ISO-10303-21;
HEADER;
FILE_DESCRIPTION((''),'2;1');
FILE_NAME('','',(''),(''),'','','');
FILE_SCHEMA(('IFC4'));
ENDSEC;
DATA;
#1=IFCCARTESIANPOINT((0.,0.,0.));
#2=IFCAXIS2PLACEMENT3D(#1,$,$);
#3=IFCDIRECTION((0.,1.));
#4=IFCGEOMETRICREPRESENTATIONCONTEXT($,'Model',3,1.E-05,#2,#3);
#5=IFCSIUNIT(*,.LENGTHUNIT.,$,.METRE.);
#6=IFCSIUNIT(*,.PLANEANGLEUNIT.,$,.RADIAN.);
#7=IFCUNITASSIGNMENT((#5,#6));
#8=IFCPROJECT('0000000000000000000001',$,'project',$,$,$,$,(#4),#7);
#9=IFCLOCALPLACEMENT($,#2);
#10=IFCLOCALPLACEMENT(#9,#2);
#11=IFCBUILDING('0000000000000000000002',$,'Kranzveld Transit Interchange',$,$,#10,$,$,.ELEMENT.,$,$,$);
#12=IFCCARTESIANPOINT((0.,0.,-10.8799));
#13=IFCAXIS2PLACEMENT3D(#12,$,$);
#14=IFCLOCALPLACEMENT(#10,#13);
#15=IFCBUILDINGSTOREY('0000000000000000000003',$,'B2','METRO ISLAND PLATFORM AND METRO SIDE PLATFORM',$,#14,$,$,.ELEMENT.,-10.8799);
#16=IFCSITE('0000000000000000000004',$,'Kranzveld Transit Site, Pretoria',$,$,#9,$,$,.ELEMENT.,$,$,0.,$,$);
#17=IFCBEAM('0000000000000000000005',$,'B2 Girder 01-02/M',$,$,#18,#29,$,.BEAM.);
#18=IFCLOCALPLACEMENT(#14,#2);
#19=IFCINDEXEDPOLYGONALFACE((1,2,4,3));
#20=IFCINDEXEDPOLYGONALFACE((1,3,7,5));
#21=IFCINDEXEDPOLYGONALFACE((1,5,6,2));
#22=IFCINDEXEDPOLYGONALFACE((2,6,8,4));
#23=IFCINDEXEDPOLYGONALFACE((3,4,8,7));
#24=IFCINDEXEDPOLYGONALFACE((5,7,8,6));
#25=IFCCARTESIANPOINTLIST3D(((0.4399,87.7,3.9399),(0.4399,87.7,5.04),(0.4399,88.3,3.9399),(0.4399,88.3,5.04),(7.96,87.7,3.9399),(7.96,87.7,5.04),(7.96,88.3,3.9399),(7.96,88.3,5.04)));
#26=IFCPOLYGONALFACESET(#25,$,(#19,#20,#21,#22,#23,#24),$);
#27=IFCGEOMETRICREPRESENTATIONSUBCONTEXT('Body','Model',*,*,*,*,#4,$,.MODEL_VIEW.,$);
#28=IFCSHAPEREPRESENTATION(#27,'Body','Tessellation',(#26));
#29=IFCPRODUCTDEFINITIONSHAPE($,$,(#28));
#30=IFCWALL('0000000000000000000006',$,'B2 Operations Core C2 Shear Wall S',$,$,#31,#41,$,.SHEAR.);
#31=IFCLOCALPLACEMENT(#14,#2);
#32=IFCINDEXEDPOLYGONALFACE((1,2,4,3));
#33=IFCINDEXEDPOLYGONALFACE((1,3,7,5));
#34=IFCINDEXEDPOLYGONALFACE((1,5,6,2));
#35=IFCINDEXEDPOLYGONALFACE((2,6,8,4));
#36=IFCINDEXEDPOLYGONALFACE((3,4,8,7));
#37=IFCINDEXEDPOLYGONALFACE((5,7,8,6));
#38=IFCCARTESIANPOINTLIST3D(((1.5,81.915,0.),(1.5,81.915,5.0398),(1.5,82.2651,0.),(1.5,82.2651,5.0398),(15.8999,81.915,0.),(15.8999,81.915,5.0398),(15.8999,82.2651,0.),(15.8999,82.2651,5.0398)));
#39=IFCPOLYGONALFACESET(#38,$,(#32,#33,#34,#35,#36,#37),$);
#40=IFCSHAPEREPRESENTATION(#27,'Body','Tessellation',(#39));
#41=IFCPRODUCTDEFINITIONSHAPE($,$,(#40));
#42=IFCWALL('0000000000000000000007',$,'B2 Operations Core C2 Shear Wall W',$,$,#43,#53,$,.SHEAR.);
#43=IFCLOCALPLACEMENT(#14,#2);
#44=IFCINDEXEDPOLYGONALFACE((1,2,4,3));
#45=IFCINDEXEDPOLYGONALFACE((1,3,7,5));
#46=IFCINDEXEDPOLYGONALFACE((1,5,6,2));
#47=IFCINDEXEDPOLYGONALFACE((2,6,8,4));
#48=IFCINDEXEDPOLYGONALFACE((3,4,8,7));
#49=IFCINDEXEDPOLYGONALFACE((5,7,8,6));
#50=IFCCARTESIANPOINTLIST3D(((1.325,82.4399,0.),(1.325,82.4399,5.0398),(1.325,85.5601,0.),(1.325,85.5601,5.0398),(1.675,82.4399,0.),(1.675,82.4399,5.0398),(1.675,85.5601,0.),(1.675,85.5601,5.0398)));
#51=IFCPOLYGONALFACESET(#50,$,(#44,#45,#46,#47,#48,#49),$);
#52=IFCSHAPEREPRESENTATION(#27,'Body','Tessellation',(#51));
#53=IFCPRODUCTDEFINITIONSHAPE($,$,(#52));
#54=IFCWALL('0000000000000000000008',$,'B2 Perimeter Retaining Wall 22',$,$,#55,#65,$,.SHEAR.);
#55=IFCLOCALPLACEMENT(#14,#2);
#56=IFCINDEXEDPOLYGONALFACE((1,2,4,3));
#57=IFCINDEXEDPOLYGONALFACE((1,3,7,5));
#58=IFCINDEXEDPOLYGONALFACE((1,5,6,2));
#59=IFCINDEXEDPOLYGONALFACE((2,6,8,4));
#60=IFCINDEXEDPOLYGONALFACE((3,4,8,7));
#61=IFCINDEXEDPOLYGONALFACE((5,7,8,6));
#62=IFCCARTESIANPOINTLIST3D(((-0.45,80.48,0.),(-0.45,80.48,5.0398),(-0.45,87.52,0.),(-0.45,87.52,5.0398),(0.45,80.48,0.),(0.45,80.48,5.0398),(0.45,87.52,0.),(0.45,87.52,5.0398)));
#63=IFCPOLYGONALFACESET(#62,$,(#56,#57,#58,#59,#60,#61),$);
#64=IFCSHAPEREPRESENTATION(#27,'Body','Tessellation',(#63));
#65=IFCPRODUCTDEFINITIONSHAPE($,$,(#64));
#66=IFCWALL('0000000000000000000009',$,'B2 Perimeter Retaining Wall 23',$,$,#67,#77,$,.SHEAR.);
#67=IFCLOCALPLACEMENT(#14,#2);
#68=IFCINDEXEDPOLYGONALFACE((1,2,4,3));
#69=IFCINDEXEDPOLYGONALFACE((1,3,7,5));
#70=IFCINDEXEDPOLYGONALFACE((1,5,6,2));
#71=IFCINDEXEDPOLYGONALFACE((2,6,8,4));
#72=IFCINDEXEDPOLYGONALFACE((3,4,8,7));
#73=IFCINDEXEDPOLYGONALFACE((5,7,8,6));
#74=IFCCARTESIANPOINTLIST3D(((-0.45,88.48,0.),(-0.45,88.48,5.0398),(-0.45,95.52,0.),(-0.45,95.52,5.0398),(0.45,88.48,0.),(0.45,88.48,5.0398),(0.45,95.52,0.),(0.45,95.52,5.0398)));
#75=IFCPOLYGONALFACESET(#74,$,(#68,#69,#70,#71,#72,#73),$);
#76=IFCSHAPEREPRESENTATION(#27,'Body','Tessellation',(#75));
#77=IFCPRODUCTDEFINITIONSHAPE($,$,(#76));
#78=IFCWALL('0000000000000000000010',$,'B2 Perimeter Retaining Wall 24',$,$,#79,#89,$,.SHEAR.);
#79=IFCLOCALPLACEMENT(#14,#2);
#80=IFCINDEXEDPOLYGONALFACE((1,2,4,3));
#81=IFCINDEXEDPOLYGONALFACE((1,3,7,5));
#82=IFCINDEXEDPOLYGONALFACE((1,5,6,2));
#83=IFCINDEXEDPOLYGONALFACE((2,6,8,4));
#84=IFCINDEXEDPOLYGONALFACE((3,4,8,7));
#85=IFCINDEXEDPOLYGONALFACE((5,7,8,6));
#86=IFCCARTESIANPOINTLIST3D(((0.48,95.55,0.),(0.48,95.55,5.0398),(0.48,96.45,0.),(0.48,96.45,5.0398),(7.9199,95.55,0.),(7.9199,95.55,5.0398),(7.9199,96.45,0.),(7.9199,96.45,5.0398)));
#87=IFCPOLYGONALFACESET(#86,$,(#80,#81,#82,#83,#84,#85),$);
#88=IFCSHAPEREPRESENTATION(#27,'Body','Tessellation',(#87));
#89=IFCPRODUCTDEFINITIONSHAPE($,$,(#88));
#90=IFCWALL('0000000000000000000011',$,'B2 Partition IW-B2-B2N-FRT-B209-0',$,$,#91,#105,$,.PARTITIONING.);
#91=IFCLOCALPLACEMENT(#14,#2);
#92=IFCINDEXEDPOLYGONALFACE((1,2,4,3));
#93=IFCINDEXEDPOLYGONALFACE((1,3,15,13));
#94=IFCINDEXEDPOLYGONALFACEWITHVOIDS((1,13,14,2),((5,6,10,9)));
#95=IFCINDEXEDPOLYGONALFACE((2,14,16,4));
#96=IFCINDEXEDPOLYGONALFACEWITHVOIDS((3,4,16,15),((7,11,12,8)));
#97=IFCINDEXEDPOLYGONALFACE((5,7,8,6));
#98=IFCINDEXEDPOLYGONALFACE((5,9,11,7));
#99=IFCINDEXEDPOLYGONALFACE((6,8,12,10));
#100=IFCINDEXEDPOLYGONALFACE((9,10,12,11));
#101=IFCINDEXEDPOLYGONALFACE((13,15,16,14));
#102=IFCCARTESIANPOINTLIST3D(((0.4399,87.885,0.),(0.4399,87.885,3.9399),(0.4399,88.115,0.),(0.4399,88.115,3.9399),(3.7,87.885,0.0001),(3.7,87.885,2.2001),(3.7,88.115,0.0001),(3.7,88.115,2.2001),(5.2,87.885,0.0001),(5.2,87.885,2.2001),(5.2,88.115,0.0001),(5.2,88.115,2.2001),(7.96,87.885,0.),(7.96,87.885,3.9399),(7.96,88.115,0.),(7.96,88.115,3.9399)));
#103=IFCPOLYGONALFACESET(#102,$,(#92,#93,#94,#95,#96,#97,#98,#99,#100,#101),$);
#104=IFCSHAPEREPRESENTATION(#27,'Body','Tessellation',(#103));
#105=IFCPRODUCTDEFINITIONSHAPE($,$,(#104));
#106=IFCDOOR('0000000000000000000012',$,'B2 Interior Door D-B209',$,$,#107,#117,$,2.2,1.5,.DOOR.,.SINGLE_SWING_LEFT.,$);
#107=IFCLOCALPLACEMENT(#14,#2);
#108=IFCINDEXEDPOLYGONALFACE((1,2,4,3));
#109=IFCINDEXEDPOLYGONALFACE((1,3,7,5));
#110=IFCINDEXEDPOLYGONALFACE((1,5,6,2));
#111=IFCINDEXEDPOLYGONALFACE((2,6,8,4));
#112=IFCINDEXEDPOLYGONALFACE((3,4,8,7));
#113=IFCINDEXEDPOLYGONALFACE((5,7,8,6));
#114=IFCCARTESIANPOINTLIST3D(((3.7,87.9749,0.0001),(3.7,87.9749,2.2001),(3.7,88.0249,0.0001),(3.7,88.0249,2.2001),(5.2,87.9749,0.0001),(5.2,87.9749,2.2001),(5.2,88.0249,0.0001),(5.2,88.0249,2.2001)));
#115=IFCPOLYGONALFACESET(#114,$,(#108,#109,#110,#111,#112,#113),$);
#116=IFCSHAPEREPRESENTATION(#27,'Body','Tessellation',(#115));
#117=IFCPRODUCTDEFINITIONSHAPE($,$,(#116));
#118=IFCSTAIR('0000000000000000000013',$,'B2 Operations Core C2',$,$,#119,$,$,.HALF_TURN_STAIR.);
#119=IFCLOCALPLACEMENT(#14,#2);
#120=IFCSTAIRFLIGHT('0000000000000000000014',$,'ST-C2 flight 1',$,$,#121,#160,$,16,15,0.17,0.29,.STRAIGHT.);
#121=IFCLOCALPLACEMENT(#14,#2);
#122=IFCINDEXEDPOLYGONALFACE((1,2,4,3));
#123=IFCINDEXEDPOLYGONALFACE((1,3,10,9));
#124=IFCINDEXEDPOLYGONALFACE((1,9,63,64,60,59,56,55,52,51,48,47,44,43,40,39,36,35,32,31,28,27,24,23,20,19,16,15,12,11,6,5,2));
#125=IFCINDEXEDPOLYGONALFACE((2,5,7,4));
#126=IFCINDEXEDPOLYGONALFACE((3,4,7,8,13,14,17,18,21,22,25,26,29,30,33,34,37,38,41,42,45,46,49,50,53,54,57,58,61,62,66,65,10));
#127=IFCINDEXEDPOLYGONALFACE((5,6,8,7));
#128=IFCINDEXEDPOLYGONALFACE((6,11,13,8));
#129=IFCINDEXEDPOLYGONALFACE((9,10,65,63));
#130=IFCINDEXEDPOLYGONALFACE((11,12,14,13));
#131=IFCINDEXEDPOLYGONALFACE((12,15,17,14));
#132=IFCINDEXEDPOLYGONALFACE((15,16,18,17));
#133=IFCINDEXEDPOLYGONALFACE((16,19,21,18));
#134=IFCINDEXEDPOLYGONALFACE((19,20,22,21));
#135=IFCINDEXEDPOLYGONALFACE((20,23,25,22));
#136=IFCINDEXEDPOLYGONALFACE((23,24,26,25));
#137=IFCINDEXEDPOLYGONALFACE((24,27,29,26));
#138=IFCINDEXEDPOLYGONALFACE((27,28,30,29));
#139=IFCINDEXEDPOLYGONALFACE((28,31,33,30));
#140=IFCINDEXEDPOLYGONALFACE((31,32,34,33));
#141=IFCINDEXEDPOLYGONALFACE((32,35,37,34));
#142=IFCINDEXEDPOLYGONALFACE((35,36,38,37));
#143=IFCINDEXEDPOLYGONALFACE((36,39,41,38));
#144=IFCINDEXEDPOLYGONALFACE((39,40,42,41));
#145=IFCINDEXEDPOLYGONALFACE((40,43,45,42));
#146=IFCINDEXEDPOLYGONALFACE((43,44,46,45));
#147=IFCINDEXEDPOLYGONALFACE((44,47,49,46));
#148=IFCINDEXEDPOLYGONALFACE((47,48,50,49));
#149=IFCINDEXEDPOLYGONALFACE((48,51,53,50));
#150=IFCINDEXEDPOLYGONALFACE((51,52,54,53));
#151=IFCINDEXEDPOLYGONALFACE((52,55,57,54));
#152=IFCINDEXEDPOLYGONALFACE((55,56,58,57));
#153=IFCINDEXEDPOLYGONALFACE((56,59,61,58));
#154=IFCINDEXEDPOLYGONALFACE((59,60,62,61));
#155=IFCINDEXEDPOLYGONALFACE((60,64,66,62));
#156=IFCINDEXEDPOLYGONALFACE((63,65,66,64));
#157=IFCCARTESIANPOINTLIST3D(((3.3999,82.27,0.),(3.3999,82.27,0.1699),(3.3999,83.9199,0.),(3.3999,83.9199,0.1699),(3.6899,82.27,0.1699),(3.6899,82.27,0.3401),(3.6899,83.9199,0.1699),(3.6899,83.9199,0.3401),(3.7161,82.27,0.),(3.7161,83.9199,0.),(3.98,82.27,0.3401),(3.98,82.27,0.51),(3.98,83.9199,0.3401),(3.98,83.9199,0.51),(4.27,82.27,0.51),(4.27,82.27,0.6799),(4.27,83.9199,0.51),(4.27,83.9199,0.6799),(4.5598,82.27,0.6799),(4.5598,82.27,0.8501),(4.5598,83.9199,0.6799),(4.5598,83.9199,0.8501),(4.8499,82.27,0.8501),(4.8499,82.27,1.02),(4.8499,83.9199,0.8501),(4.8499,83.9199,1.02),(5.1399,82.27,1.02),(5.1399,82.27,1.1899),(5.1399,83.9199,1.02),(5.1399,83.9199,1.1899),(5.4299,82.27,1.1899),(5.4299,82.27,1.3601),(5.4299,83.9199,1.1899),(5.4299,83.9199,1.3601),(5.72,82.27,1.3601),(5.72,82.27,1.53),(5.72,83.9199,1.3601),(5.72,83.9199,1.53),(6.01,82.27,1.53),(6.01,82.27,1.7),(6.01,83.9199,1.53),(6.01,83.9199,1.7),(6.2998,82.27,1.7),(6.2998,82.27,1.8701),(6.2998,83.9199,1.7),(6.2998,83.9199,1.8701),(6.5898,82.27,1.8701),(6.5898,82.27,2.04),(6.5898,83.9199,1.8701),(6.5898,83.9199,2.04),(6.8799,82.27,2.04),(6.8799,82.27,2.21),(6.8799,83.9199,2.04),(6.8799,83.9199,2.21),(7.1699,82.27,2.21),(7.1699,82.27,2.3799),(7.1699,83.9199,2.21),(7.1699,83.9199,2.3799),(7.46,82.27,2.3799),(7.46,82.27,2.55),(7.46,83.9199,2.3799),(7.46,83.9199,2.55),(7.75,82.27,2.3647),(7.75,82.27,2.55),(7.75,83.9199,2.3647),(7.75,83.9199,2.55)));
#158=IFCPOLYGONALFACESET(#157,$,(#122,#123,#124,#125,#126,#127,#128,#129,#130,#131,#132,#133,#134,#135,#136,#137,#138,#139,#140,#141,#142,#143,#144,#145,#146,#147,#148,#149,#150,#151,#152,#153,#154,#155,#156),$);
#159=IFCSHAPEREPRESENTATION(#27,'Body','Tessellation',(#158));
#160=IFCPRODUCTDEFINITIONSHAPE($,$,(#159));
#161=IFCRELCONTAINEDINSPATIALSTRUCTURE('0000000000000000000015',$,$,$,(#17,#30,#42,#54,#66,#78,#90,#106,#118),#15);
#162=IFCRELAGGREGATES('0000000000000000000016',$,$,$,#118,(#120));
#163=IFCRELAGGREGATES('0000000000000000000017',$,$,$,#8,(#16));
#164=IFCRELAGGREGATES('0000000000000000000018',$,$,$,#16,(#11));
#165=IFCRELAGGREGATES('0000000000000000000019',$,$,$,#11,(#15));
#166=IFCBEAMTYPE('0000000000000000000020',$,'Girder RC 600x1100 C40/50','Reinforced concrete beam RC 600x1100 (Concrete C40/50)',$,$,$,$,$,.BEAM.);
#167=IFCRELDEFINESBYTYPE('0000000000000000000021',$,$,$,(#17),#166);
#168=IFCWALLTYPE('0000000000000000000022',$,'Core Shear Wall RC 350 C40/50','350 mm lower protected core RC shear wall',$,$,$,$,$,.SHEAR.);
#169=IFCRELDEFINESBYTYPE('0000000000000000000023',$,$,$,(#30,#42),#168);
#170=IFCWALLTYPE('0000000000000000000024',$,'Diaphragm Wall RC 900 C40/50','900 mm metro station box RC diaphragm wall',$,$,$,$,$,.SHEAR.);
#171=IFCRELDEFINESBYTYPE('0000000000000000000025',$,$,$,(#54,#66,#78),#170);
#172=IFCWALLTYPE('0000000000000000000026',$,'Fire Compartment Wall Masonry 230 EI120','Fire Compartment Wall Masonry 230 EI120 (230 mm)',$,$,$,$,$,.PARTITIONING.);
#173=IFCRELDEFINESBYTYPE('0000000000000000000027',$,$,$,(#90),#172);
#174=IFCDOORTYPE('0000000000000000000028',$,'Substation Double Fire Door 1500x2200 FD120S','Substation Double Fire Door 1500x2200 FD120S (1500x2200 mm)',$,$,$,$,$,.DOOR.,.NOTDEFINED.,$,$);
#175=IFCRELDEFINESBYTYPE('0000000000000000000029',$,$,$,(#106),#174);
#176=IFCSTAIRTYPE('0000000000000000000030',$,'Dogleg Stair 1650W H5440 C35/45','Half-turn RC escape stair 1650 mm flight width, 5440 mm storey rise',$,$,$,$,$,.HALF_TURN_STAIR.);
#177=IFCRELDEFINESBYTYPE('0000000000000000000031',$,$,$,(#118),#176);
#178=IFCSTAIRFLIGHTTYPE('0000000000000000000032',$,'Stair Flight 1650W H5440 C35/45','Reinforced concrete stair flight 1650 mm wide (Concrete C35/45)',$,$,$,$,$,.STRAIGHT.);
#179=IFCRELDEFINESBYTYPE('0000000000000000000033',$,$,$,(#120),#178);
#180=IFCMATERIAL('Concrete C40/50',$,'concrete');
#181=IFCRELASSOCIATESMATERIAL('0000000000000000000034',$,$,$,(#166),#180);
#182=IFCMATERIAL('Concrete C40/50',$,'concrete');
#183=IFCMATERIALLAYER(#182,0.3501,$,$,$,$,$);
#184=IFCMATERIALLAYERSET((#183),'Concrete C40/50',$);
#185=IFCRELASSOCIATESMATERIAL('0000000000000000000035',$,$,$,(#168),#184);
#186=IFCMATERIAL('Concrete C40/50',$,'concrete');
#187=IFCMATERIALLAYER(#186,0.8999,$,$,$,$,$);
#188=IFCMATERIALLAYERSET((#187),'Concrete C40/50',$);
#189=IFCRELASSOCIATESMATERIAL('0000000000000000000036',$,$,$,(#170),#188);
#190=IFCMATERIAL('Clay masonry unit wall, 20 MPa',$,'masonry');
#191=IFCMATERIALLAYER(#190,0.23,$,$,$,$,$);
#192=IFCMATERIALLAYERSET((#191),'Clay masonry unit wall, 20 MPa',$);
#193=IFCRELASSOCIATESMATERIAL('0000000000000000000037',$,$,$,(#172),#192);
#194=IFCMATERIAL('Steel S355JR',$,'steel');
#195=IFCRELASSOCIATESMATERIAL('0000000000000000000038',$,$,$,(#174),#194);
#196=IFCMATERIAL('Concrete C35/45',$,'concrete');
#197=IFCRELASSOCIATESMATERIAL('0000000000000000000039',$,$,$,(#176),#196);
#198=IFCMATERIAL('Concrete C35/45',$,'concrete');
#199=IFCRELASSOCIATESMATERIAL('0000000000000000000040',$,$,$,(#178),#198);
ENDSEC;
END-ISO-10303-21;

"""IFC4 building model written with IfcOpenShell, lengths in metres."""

from ifc_helpers import new_model, si_unit, direction, frame, frame_2d, origin, origin_2d, place, context, subcontext, project, spatial, polyline, rectangle, outline, extrude, material, layer, layer_set, material_profile, profile_set, type_object, element, fill, aggregate, save


model = new_model("IFC4")

# Units and contexts
model_context = context("Model", 3, precision=1e-05, world=origin(), true_north=direction((0.0, 1.0)))
body_context = subcontext(model_context, "Body", "Model", "MODEL_VIEW")
ifc_project = project(units=[si_unit("LENGTHUNIT", "METRE"), si_unit("PLANEANGLEUNIT", "RADIAN")], contexts=[model_context])

# Site, building, storey
site_placement = place(None, origin())
site = spatial("IfcSite", under=ifc_project, at=site_placement, Name="Kranzveld Transit Site, Pretoria", CompositionType="ELEMENT", RefElevation=0.0)
building_placement = place(site_placement, origin())
building = spatial("IfcBuilding", under=site, at=building_placement, Name="Kranzveld Transit Interchange", CompositionType="ELEMENT")
storey_placement = place(building_placement, frame((0.0, 0.0, -10.8799)))
storey = spatial("IfcBuildingStorey", under=building, at=storey_placement, Name="B2", Description="METRO ISLAND PLATFORM AND METRO SIDE PLATFORM", CompositionType="ELEMENT", Elevation=-10.8799)

# Beam
ifc_material_1 = material(Name="Concrete C40/50", Category="concrete")
ifc_material_profile_1 = material_profile(ifc_material_1, rectangle(XDim=0.6001, YDim=1.1001, at=origin_2d()), Name="RC 600x1100")
ifc_profile_set_1 = profile_set([ifc_material_profile_1], Name="Concrete C40/50")
beam_type_1 = type_object("IfcBeamType", Name="Girder RC 600x1100 C40/50", Description="Reinforced concrete beam RC 600x1100 (Concrete C40/50)", PredefinedType="BEAM", material=ifc_profile_set_1)
beam_placement = place(storey_placement, frame((0.4399, 88.0, 4.49), z_axis=(1.0, 0.0, 0.0), x_axis=(0.0, 1.0, 0.0)))
element("IfcBeam", 1, at=beam_placement, inside=storey, type_object=beam_type_1, Name="B2 Girder 01-02/M", PredefinedType="BEAM", context=body_context, shape_type="SweptSolid", body=[
    extrude(rectangle(XDim=0.6001, YDim=1.1001, at=origin_2d()), origin(), (0.0, 0.0, 1.0), 7.52),
])

# Wall
ifc_material_2 = material(Name="Concrete C40/50", Category="concrete")
ifc_layer_1 = layer(ifc_material_2, 0.3501)
ifc_layer_set_1 = layer_set([ifc_layer_1], Name="Concrete C40/50")
wall_type_1 = type_object("IfcWallType", Name="Core Shear Wall RC 350 C40/50", Description="350 mm lower protected core RC shear wall", PredefinedType="SHEAR", material=ifc_layer_set_1)
wall_1_placement = place(storey_placement, frame((1.5, 82.0901, 0.0), z_axis=(0.0, 0.0, 1.0), x_axis=(1.0, 0.0, 0.0)))
element("IfcWall", 2, at=wall_1_placement, inside=storey, type_object=wall_type_1, Name="B2 Operations Core C2 Shear Wall S", PredefinedType="SHEAR", context=body_context, shape_type="SweptSolid", body=[
    extrude(rectangle(XDim=14.3999, YDim=0.3501, at=frame_2d((7.2, 0.0))), origin(), (0.0, 0.0, 1.0), 5.0398),
])

# Walls
wall_2_placement = place(storey_placement, frame((1.5, 82.4399, 0.0), z_axis=(0.0, 0.0, 1.0), x_axis=(0.0, 1.0, 0.0)))
element("IfcWall", 3, at=wall_2_placement, inside=storey, type_object=wall_type_1, Name="B2 Operations Core C2 Shear Wall W", PredefinedType="SHEAR", context=body_context, shape_type="SweptSolid", body=[
    extrude(rectangle(XDim=3.1201, YDim=0.3501, at=frame_2d((1.5601, 0.0))), origin(), (0.0, 0.0, 1.0), 5.0398),
])
ifc_material_3 = material(Name="Concrete C40/50", Category="concrete")
ifc_layer_2 = layer(ifc_material_3, 0.8999)
ifc_layer_set_2 = layer_set([ifc_layer_2], Name="Concrete C40/50")
wall_type_2 = type_object("IfcWallType", Name="Diaphragm Wall RC 900 C40/50", Description="900 mm metro station box RC diaphragm wall", PredefinedType="SHEAR", material=ifc_layer_set_2)
for number, where, z_axis, x_axis, name in (
    (4, (0.0, 80.48, 0.0), (0.0, 0.0, 1.0), (0.0, 1.0, 0.0), "B2 Perimeter Retaining Wall 22"),
    (5, (0.0, 88.48, 0.0), (0.0, 0.0, 1.0), (0.0, 1.0, 0.0), "B2 Perimeter Retaining Wall 23"),
):
    element("IfcWall", number, at=place(storey_placement, frame(where, z_axis=z_axis, x_axis=x_axis)), inside=storey, type_object=wall_type_2, Name=name, PredefinedType="SHEAR", context=body_context, shape_type="SweptSolid", body=[
        extrude(rectangle(XDim=7.04, YDim=0.8999, at=frame_2d((3.52, 0.0))), origin(), (0.0, 0.0, 1.0), 5.0398),
    ])
wall_3_placement = place(storey_placement, frame((0.48, 96.0, 0.0), z_axis=(0.0, 0.0, 1.0), x_axis=(1.0, 0.0, 0.0)))
element("IfcWall", 6, at=wall_3_placement, inside=storey, type_object=wall_type_2, Name="B2 Perimeter Retaining Wall 24", PredefinedType="SHEAR", context=body_context, shape_type="SweptSolid", body=[
    extrude(rectangle(XDim=7.4399, YDim=0.8999, at=frame_2d((3.72, 0.0))), origin(), (0.0, 0.0, 1.0), 5.0398),
])

# Wall, opening, door
ifc_material_4 = material(Name="Clay masonry unit wall, 20 MPa", Category="masonry")
ifc_layer_3 = layer(ifc_material_4, 0.23)
ifc_layer_set_3 = layer_set([ifc_layer_3], Name="Clay masonry unit wall, 20 MPa")
wall_type_3 = type_object("IfcWallType", Name="Fire Compartment Wall Masonry 230 EI120", Description="Fire Compartment Wall Masonry 230 EI120 (230 mm)", PredefinedType="PARTITIONING", material=ifc_layer_set_3)
wall_4_placement = place(storey_placement, frame((0.4399, 88.0, 0.0), z_axis=(0.0, 0.0, 1.0), x_axis=(1.0, 0.0, 0.0)))
wall_4 = element("IfcWall", 7, at=wall_4_placement, inside=storey, type_object=wall_type_3, Name="B2 Partition IW-B2-B2N-FRT-B209-0", PredefinedType="PARTITIONING", context=body_context, shape_type="SweptSolid", body=[
    extrude(rectangle(XDim=7.52, YDim=0.23, at=frame_2d((3.76, 0.0))), origin(), (0.0, 0.0, 1.0), 3.9399),
])
opening_1_placement = place(wall_4_placement, frame((3.26, 0.0, 0.0), z_axis=(0.0, 0.0, 1.0), x_axis=(1.0, 0.0, 0.0)))
opening_1 = element("IfcOpeningElement", 8, at=opening_1_placement, cuts=wall_4, PredefinedType="OPENING", context=body_context, shape_type="SweptSolid", body=[
    extrude(rectangle(XDim=1.5, YDim=2.2, at=frame_2d((0.75, 1.1001))), frame((0.0, 0.125, 0.0), z_axis=(0.0, -1.0, 0.0), x_axis=(1.0, 0.0, 0.0)), (0.0, 0.0, 1.0), 0.25),
])
ifc_material_5 = material(Name="Steel S355JR", Category="steel")
door_type_1 = type_object("IfcDoorType", Name="Substation Double Fire Door 1500x2200 FD120S", Description="Substation Double Fire Door 1500x2200 FD120S (1500x2200 mm)", OperationType="NOTDEFINED", PredefinedType="DOOR", material=ifc_material_5)
door_1_placement = place(opening_1_placement, origin())
door_1 = element("IfcDoor", 9, at=door_1_placement, inside=storey, type_object=door_type_1, Name="B2 Interior Door D-B209", OperationType="SINGLE_SWING_LEFT", OverallHeight=2.2, OverallWidth=1.5, PredefinedType="DOOR", context=body_context, shape_type="SweptSolid", body=[
    extrude(rectangle(XDim=1.5, YDim=2.2, at=frame_2d((0.75, 1.1001))), frame((0.0, 0.0249, 0.0), z_axis=(0.0, -1.0, 0.0), x_axis=(1.0, 0.0, 0.0)), (0.0, 0.0, 1.0), 0.05),
])
fill(opening_1, door_1)

# Stair, stair flight
ifc_material_6 = material(Name="Concrete C35/45", Category="concrete")
stair_type = type_object("IfcStairType", Name="Dogleg Stair 1650W H5440 C35/45", Description="Half-turn RC escape stair 1650 mm flight width, 5440 mm storey rise", PredefinedType="HALF_TURN_STAIR", material=ifc_material_6)
stair_placement = place(storey_placement, origin())
stair = element("IfcStair", 10, at=stair_placement, inside=storey, type_object=stair_type, Name="B2 Operations Core C2", PredefinedType="HALF_TURN_STAIR")
ifc_material_7 = material(Name="Concrete C35/45", Category="concrete")
stair_flight_type = type_object("IfcStairFlightType", Name="Stair Flight 1650W H5440 C35/45", Description="Reinforced concrete stair flight 1650 mm wide (Concrete C35/45)", PredefinedType="STRAIGHT", material=ifc_material_7)
stair_flight_placement = place(storey_placement, frame((3.3999, 83.095, 0.0), z_axis=(0.0, 0.0, 1.0), x_axis=(1.0, 0.0, 0.0)))
stair_flight = element("IfcStairFlight", 11, at=stair_flight_placement, type_object=stair_flight_type, Name="ST-C2 flight 1", NumberOfRisers=16, NumberOfTreads=15, PredefinedType="STRAIGHT", RiserHeight=0.17, TreadLength=0.29, context=body_context, shape_type="SweptSolid", body=[
    extrude(outline(polyline([(0.0, 0.0), (0.0, 0.1699), (0.29, 0.1699), (0.29, 0.3401), (0.5801, 0.3401), (0.5801, 0.51), (0.8701, 0.51), (0.8701, 0.6799), (1.1599, 0.6799), (1.1599, 0.8501), (1.45, 0.8501), (1.45, 1.02), (1.74, 1.02), (1.74, 1.1899), (2.03, 1.1899), (2.03, 1.3601), (2.3201, 1.3601), (2.3201, 1.53), (2.6101, 1.53), (2.6101, 1.7), (2.8999, 1.7), (2.8999, 1.8701), (3.1899, 1.8701), (3.1899, 2.04), (3.48, 2.04), (3.48, 2.21), (3.77, 2.21), (3.77, 2.3799), (4.0601, 2.3799), (4.0601, 2.55), (4.3501, 2.55), (4.3501, 2.72), (4.3501, 2.3647), (0.3162, 0.0), (0.0, 0.0)])), frame((0.0, 0.825, 0.0), z_axis=(0.0, -1.0, 0.0), x_axis=(1.0, 0.0, 0.0)), (0.0, 0.0, 1.0), 1.6499),
])
aggregate(stair, [stair_flight])

save(model, "model.ifc")
